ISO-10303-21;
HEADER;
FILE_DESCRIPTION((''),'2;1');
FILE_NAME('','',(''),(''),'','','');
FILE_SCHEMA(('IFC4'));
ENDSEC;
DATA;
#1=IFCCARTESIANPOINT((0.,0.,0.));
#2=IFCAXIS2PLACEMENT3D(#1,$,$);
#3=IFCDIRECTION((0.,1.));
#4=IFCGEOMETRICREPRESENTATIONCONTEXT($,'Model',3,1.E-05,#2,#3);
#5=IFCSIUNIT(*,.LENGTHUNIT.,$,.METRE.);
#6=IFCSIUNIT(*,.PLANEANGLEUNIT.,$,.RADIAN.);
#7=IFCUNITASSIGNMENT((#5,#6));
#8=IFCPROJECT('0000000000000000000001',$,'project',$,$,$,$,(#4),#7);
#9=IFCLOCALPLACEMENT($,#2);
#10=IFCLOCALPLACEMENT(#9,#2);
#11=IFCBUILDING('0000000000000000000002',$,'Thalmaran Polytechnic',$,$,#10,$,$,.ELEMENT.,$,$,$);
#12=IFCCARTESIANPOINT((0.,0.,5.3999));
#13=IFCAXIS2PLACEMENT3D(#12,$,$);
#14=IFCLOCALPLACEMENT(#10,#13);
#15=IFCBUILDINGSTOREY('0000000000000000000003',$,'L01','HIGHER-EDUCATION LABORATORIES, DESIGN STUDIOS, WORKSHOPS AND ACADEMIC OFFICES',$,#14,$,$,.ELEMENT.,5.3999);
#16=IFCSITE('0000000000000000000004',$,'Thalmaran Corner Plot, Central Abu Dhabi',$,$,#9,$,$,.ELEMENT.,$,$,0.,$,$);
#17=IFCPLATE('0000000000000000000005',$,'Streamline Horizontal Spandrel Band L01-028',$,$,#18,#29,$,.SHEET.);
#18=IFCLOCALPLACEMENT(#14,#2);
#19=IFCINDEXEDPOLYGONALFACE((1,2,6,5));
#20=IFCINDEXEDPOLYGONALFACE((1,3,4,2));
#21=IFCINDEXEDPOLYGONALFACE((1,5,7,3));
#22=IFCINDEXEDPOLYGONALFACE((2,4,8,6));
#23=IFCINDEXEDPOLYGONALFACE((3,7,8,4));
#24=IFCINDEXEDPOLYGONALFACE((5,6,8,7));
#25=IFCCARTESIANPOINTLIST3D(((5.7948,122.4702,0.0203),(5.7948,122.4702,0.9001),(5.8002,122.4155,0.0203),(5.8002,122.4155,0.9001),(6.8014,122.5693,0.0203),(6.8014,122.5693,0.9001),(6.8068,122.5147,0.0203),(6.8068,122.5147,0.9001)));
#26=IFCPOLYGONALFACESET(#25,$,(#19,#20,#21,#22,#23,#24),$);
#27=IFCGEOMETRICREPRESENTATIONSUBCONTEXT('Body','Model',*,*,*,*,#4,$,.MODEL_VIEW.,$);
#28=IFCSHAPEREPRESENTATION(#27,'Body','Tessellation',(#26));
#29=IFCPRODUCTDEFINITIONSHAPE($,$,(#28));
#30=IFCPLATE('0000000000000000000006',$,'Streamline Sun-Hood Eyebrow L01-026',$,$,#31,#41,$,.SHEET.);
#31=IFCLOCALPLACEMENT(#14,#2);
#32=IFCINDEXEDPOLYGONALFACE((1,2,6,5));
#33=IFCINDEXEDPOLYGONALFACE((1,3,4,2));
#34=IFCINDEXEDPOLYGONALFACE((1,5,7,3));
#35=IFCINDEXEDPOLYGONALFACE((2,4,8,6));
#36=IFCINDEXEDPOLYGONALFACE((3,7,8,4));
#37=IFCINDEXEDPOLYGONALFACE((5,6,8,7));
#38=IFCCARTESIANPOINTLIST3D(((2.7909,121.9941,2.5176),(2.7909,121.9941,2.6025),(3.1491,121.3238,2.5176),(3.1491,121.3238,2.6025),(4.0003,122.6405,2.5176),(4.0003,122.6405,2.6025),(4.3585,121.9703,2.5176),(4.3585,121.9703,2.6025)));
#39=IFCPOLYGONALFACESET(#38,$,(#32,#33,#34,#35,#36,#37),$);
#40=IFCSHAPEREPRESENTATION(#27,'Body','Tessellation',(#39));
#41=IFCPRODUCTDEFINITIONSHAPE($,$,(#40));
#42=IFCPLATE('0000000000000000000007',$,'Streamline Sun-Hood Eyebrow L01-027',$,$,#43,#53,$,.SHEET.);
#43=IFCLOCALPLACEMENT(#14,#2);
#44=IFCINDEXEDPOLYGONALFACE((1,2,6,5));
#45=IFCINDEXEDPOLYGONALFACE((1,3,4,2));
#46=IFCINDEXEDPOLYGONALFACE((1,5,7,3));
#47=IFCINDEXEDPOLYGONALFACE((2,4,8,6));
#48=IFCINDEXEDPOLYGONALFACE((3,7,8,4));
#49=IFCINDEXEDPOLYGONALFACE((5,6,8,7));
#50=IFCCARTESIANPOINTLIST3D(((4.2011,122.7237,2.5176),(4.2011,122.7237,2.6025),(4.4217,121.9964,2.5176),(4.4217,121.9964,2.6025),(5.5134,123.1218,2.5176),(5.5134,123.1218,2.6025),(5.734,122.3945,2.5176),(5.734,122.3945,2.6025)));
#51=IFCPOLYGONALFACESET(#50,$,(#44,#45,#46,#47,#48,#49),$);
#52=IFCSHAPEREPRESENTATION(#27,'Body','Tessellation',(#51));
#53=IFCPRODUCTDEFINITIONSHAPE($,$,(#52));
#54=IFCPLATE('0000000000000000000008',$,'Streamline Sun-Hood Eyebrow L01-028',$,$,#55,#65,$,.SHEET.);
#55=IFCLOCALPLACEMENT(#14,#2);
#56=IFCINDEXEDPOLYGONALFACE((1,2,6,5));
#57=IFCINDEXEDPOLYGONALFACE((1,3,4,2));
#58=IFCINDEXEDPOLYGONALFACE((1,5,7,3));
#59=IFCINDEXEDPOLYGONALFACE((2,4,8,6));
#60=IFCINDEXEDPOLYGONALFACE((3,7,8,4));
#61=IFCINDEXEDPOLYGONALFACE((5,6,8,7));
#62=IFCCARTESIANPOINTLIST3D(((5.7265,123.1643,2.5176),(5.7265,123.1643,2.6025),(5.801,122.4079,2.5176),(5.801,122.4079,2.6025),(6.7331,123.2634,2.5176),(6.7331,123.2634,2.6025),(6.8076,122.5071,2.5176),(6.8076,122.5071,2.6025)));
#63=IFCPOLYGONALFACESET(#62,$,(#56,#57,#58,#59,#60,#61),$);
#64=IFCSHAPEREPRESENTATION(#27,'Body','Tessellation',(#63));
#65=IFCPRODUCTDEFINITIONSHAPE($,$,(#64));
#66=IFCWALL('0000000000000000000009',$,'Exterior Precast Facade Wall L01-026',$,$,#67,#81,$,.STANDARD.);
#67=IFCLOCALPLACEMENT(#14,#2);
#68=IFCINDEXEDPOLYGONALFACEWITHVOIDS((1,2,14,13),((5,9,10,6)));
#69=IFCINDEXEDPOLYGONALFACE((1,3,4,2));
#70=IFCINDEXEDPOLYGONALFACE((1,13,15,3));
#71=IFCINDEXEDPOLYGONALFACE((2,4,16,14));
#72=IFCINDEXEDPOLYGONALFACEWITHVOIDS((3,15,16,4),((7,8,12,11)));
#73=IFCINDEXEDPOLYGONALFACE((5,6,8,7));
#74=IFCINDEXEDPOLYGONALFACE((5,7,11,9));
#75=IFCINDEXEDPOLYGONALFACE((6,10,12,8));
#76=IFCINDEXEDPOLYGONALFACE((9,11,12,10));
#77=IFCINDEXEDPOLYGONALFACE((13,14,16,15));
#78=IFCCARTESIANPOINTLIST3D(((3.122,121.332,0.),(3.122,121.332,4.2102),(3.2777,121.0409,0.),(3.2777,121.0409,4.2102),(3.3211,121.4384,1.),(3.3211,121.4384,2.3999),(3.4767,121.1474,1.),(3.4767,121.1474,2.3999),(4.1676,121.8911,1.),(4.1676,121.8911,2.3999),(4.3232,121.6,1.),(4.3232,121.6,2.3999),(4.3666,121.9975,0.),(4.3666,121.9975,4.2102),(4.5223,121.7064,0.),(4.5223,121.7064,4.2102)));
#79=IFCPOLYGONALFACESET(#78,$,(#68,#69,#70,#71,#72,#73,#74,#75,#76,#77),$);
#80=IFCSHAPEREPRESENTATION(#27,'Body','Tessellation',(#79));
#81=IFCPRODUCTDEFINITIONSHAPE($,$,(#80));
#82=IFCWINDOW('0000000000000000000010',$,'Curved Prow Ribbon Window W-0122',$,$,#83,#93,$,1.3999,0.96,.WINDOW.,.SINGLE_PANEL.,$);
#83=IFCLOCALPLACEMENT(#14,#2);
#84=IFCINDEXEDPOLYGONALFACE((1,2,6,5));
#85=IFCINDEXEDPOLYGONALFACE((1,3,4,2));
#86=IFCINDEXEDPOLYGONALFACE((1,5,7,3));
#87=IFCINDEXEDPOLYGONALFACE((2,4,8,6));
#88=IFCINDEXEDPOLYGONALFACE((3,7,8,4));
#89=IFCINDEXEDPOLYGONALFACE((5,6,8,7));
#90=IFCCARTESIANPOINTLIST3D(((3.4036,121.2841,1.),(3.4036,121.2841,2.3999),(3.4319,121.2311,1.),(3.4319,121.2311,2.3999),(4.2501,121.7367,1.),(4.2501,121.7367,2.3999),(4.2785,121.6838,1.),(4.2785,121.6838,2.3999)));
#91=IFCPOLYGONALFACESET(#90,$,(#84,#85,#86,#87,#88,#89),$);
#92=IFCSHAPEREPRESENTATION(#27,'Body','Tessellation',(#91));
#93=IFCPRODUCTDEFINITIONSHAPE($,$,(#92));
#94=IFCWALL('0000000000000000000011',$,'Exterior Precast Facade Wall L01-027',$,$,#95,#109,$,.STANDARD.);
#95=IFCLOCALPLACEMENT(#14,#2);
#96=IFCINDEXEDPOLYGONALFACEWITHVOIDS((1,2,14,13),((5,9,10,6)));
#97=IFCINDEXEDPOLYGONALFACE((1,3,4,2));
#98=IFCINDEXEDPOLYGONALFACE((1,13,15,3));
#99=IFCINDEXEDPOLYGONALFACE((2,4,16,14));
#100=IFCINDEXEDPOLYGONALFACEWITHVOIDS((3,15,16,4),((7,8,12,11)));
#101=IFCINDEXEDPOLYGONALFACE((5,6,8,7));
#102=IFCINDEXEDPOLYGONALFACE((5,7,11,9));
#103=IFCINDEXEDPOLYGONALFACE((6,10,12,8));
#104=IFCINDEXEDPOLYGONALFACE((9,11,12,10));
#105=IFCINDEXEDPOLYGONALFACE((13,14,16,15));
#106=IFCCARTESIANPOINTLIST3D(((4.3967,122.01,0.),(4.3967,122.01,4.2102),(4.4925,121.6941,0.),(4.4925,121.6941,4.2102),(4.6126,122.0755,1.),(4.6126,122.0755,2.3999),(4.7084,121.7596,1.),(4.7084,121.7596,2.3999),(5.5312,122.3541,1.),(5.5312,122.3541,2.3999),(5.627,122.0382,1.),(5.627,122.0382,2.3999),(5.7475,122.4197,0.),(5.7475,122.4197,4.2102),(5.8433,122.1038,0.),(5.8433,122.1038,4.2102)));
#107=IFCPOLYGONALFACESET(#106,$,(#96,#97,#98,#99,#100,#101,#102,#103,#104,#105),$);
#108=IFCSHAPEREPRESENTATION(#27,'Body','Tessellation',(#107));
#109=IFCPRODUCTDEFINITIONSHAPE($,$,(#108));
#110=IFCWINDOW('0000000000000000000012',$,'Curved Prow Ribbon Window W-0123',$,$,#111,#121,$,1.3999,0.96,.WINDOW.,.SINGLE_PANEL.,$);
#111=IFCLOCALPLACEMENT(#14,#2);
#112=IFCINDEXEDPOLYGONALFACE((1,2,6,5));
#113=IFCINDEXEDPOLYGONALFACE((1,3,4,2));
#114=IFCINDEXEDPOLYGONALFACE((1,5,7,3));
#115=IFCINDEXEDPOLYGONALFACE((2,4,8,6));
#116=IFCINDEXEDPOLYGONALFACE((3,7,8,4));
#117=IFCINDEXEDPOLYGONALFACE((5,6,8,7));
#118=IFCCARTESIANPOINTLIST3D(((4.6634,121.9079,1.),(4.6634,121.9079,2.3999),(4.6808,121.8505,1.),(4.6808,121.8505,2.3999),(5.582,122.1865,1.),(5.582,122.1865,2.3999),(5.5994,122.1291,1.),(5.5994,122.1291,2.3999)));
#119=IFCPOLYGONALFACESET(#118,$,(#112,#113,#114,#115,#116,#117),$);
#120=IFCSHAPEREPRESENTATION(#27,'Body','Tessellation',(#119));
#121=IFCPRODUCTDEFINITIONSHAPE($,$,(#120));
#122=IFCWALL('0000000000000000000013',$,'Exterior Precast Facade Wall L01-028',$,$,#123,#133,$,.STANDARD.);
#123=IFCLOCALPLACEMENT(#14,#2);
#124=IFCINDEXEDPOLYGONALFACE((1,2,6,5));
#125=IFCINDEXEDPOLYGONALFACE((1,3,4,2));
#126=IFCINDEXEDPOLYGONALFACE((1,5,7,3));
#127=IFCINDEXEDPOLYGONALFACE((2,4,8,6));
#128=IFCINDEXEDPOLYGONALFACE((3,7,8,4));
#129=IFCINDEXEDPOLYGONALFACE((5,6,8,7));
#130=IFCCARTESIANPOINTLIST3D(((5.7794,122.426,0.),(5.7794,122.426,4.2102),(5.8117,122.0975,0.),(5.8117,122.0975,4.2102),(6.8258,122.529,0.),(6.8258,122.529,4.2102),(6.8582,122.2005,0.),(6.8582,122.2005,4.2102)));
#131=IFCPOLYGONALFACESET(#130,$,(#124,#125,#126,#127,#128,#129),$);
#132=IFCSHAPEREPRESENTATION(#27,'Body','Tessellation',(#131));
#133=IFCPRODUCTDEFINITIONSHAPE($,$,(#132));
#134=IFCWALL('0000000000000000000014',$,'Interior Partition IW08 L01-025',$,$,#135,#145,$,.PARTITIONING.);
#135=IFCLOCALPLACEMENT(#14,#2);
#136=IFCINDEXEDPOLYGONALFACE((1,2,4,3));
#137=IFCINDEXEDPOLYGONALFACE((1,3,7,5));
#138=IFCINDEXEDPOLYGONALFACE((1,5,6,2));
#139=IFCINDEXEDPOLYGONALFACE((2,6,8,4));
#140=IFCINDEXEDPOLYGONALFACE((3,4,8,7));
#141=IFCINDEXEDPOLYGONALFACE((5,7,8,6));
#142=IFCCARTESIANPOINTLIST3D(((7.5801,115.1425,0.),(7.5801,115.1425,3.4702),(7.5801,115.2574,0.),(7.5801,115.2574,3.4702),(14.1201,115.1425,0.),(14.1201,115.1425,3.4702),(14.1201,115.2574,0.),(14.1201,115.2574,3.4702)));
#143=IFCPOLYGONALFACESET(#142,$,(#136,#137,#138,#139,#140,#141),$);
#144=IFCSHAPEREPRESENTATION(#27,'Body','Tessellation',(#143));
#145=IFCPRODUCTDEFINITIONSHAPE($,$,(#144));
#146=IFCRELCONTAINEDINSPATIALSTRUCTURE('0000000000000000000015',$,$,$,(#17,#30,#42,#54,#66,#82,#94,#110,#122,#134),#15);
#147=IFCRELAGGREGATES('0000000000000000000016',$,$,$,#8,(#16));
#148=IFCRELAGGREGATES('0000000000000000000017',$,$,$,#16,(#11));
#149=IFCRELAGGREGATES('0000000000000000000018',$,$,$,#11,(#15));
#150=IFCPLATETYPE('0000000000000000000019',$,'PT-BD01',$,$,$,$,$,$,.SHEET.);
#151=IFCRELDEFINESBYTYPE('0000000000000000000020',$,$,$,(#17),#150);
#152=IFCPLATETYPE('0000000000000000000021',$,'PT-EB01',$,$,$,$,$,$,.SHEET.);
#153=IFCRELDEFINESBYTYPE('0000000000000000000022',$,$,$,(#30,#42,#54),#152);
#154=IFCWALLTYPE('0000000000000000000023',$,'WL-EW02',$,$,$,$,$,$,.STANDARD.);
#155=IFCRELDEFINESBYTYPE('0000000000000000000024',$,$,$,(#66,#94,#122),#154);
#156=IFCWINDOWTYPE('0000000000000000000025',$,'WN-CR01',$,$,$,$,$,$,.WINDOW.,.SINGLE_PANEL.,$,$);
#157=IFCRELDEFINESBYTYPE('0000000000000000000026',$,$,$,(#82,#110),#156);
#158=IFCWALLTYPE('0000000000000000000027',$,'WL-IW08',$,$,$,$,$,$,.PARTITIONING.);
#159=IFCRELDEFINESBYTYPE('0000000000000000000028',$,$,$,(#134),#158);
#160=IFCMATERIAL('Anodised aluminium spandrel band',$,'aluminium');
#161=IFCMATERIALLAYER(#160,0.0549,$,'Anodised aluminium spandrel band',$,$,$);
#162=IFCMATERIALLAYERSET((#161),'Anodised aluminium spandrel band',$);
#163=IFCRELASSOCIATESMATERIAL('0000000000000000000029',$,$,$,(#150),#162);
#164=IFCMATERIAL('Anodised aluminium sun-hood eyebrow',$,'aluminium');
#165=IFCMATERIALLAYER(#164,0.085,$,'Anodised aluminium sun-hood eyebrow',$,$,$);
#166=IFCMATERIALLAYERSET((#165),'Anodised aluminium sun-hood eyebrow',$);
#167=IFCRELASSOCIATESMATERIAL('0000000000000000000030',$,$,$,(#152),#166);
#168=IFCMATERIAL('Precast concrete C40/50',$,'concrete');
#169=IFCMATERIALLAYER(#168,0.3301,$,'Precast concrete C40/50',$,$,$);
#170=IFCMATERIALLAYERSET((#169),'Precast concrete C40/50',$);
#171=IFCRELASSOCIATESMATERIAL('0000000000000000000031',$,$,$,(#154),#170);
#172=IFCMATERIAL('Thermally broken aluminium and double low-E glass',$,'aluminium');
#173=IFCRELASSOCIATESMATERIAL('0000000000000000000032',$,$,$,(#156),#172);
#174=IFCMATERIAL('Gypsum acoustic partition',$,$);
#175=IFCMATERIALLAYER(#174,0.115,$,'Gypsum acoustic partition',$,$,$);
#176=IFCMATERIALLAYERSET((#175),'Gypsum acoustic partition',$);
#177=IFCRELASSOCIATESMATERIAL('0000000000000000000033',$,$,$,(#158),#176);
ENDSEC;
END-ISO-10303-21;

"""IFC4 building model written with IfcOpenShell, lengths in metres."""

from ifc_helpers import new_model, si_unit, direction, frame, frame_2d, origin, origin_2d, place, context, subcontext, project, spatial, rectangle, extrude, material, layer, layer_set, type_object, element, fill, save


model = new_model("IFC4")

# Units and contexts
model_context = context("Model", 3, precision=1e-05, world=origin(), true_north=direction((0.0, 1.0)))
body_context = subcontext(model_context, "Body", "Model", "MODEL_VIEW")
ifc_project = project(units=[si_unit("LENGTHUNIT", "METRE"), si_unit("PLANEANGLEUNIT", "RADIAN")], contexts=[model_context])

# Site, building, storey
site_placement = place(None, origin())
site = spatial("IfcSite", under=ifc_project, at=site_placement, Name="Thalmaran Corner Plot, Central Abu Dhabi", CompositionType="ELEMENT", RefElevation=0.0)
building_placement = place(site_placement, origin())
building = spatial("IfcBuilding", under=site, at=building_placement, Name="Thalmaran Polytechnic", CompositionType="ELEMENT")
storey_placement = place(building_placement, frame((0.0, 0.0, 5.3999)))
storey = spatial("IfcBuildingStorey", under=building, at=storey_placement, Name="L01", Description="HIGHER-EDUCATION LABORATORIES, DESIGN STUDIOS, WORKSHOPS AND ACADEMIC OFFICES", CompositionType="ELEMENT", Elevation=5.3999)

# Plates
ifc_material_1 = material(Name="Anodised aluminium spandrel band", Category="aluminium")
ifc_layer_1 = layer(ifc_material_1, 0.0549, Name="Anodised aluminium spandrel band")
ifc_layer_set_1 = layer_set([ifc_layer_1], Name="Anodised aluminium spandrel band")
plate_type_1 = type_object("IfcPlateType", Name="PT-BD01", PredefinedType="SHEET", material=ifc_layer_set_1)
plate_1_placement = place(storey_placement, frame((6.3008, 122.4924, 0.0203), z_axis=(0.0, 0.0, 1.0), x_axis=(0.995185, 0.098017, 0.0)))
element("IfcPlate", 1, at=plate_1_placement, inside=storey, type_object=plate_type_1, Name="Streamline Horizontal Spandrel Band L01-028", PredefinedType="SHEET", context=body_context, shape_type="SweptSolid", body=[
    extrude(rectangle(XDim=1.0115, YDim=0.0549, at=origin_2d()), origin(), (0.0, 0.0, 1.0), 0.8799),
])
ifc_material_2 = material(Name="Anodised aluminium sun-hood eyebrow", Category="aluminium")
ifc_layer_2 = layer(ifc_material_2, 0.085, Name="Anodised aluminium sun-hood eyebrow")
ifc_layer_set_2 = layer_set([ifc_layer_2], Name="Anodised aluminium sun-hood eyebrow")
plate_type_2 = type_object("IfcPlateType", Name="PT-EB01", PredefinedType="SHEET", material=ifc_layer_set_2)
for number, where, z_axis, x_axis, name in (
    (2, (3.5747, 121.9822, 2.5176), (0.0, 0.0, 1.0), (0.881921, 0.471397, 0.0), "Streamline Sun-Hood Eyebrow L01-026"),
    (3, (4.9675, 122.5591, 2.5176), (0.0, 0.0, 1.0), (0.95694, 0.290285, 0.0), "Streamline Sun-Hood Eyebrow L01-027"),
):
    element("IfcPlate", number, at=place(storey_placement, frame(where, z_axis=z_axis, x_axis=x_axis)), inside=storey, type_object=plate_type_2, Name=name, PredefinedType="SHEET", context=body_context, shape_type="SweptSolid", body=[
        extrude(rectangle(XDim=1.3713, YDim=0.76, at=origin_2d()), origin(), (0.0, 0.0, 1.0), 0.085),
    ])
plate_2_placement = place(storey_placement, frame((6.2671, 122.8357, 2.5176), z_axis=(0.0, 0.0, 1.0), x_axis=(0.995185, 0.098017, 0.0)))
element("IfcPlate", 4, at=plate_2_placement, inside=storey, type_object=plate_type_2, Name="Streamline Sun-Hood Eyebrow L01-028", PredefinedType="SHEET", context=body_context, shape_type="SweptSolid", body=[
    extrude(rectangle(XDim=1.0115, YDim=0.76, at=origin_2d()), origin(), (0.0, 0.0, 1.0), 0.085),
])

# Walls, openings, windows
ifc_material_3 = material(Name="Precast concrete C40/50", Category="concrete")
ifc_layer_3 = layer(ifc_material_3, 0.3301, Name="Precast concrete C40/50")
ifc_layer_set_3 = layer_set([ifc_layer_3], Name="Precast concrete C40/50")
wall_type_1 = type_object("IfcWallType", Name="WL-EW02", PredefinedType="STANDARD", material=ifc_layer_set_3)
wall_1_placement = place(storey_placement, frame((3.2, 121.1865, 0.0), z_axis=(0.0, 0.0, 1.0), x_axis=(0.881845, 0.47154, 0.0)))
wall_1 = element("IfcWall", 5, at=wall_1_placement, inside=storey, type_object=wall_type_1, Name="Exterior Precast Facade Wall L01-026", PredefinedType="STANDARD", context=body_context, shape_type="SweptSolid", body=[
    extrude(rectangle(XDim=1.4114, YDim=0.3301, at=frame_2d((0.7056, 0.0))), origin(), (0.0, 0.0, 1.0), 4.2102),
])
opening_1_placement = place(wall_1_placement, frame((0.2256, 0.0, 1.0)))
opening_1 = element("IfcOpeningElement", 6, at=opening_1_placement, cuts=wall_1, PredefinedType="OPENING", context=body_context, shape_type="SweptSolid", body=[
    extrude(rectangle(XDim=0.96, YDim=1.3999, at=frame_2d((0.48, 0.7))), frame((0.0, 0.175, 0.0), z_axis=(0.0, -1.0, 0.0), x_axis=(1.0, 0.0, 0.0)), (0.0, 0.0, 1.0), 0.3501),
])
ifc_material_4 = material(Name="Thermally broken aluminium and double low-E glass", Category="aluminium")
window_type = type_object("IfcWindowType", Name="WN-CR01", PartitioningType="SINGLE_PANEL", PredefinedType="WINDOW", material=ifc_material_4)
window_1_placement = place(opening_1_placement, origin())
window_1 = element("IfcWindow", 7, at=window_1_placement, inside=storey, type_object=window_type, Name="Curved Prow Ribbon Window W-0122", OverallHeight=1.3999, OverallWidth=0.96, PartitioningType="SINGLE_PANEL", PredefinedType="WINDOW", context=body_context, shape_type="SweptSolid", body=[
    extrude(rectangle(XDim=0.96, YDim=1.3999, at=frame_2d((0.48, 0.7))), frame((0.0, -0.01, 0.0), z_axis=(0.0, -1.0, 0.0), x_axis=(1.0, 0.0, 0.0)), (0.0, 0.0, 1.0), 0.0601),
])
fill(opening_1, window_1)
wall_2_placement = place(storey_placement, frame((4.4446, 121.8521, 0.0), z_axis=(0.0, 0.0, 1.0), x_axis=(0.95696, 0.290219, 0.0)))
wall_2 = element("IfcWall", 8, at=wall_2_placement, inside=storey, type_object=wall_type_1, Name="Exterior Precast Facade Wall L01-027", PredefinedType="STANDARD", context=body_context, shape_type="SweptSolid", body=[
    extrude(rectangle(XDim=1.4116, YDim=0.3301, at=frame_2d((0.7058, 0.0))), origin(), (0.0, 0.0, 1.0), 4.2102),
])
opening_2_placement = place(wall_2_placement, frame((0.2256, 0.0, 1.0)))
opening_2 = element("IfcOpeningElement", 9, at=opening_2_placement, cuts=wall_2, PredefinedType="OPENING", context=body_context, shape_type="SweptSolid", body=[
    extrude(rectangle(XDim=0.96, YDim=1.3999, at=frame_2d((0.48, 0.7))), frame((0.0, 0.175, 0.0), z_axis=(0.0, -1.0, 0.0), x_axis=(1.0, 0.0, 0.0)), (0.0, 0.0, 1.0), 0.3501),
])
window_2_placement = place(opening_2_placement, origin())
window_2 = element("IfcWindow", 10, at=window_2_placement, inside=storey, type_object=window_type, Name="Curved Prow Ribbon Window W-0123", OverallHeight=1.3999, OverallWidth=0.96, PartitioningType="SINGLE_PANEL", PredefinedType="WINDOW", context=body_context, shape_type="SweptSolid", body=[
    extrude(rectangle(XDim=0.96, YDim=1.3999, at=frame_2d((0.48, 0.7))), frame((0.0, -0.01, 0.0), z_axis=(0.0, -1.0, 0.0), x_axis=(1.0, 0.0, 0.0)), (0.0, 0.0, 1.0), 0.0601),
])
fill(opening_2, window_2)

# Walls
wall_3_placement = place(storey_placement, frame((5.7954, 122.2617, 0.0), z_axis=(0.0, 0.0, 1.0), x_axis=(0.995188, 0.097986, 0.0)))
element("IfcWall", 11, at=wall_3_placement, inside=storey, type_object=wall_type_1, Name="Exterior Precast Facade Wall L01-028", PredefinedType="STANDARD", context=body_context, shape_type="SweptSolid", body=[
    extrude(rectangle(XDim=1.0515, YDim=0.3301, at=frame_2d((0.5259, 0.0))), origin(), (0.0, 0.0, 1.0), 4.2102),
])
ifc_material_5 = material(Name="Gypsum acoustic partition")
ifc_layer_4 = layer(ifc_material_5, 0.115, Name="Gypsum acoustic partition")
ifc_layer_set_4 = layer_set([ifc_layer_4], Name="Gypsum acoustic partition")
wall_type_2 = type_object("IfcWallType", Name="WL-IW08", PredefinedType="PARTITIONING", material=ifc_layer_set_4)
wall_4_placement = place(storey_placement, frame((7.5801, 115.2, 0.0), z_axis=(0.0, 0.0, 1.0), x_axis=(1.0, 0.0, 0.0)))
element("IfcWall", 12, at=wall_4_placement, inside=storey, type_object=wall_type_2, Name="Interior Partition IW08 L01-025", PredefinedType="PARTITIONING", context=body_context, shape_type="SweptSolid", body=[
    extrude(rectangle(XDim=6.54, YDim=0.115, at=frame_2d((3.27, 0.0))), origin(), (0.0, 0.0, 1.0), 3.4702),
])

save(model, "model.ifc")
